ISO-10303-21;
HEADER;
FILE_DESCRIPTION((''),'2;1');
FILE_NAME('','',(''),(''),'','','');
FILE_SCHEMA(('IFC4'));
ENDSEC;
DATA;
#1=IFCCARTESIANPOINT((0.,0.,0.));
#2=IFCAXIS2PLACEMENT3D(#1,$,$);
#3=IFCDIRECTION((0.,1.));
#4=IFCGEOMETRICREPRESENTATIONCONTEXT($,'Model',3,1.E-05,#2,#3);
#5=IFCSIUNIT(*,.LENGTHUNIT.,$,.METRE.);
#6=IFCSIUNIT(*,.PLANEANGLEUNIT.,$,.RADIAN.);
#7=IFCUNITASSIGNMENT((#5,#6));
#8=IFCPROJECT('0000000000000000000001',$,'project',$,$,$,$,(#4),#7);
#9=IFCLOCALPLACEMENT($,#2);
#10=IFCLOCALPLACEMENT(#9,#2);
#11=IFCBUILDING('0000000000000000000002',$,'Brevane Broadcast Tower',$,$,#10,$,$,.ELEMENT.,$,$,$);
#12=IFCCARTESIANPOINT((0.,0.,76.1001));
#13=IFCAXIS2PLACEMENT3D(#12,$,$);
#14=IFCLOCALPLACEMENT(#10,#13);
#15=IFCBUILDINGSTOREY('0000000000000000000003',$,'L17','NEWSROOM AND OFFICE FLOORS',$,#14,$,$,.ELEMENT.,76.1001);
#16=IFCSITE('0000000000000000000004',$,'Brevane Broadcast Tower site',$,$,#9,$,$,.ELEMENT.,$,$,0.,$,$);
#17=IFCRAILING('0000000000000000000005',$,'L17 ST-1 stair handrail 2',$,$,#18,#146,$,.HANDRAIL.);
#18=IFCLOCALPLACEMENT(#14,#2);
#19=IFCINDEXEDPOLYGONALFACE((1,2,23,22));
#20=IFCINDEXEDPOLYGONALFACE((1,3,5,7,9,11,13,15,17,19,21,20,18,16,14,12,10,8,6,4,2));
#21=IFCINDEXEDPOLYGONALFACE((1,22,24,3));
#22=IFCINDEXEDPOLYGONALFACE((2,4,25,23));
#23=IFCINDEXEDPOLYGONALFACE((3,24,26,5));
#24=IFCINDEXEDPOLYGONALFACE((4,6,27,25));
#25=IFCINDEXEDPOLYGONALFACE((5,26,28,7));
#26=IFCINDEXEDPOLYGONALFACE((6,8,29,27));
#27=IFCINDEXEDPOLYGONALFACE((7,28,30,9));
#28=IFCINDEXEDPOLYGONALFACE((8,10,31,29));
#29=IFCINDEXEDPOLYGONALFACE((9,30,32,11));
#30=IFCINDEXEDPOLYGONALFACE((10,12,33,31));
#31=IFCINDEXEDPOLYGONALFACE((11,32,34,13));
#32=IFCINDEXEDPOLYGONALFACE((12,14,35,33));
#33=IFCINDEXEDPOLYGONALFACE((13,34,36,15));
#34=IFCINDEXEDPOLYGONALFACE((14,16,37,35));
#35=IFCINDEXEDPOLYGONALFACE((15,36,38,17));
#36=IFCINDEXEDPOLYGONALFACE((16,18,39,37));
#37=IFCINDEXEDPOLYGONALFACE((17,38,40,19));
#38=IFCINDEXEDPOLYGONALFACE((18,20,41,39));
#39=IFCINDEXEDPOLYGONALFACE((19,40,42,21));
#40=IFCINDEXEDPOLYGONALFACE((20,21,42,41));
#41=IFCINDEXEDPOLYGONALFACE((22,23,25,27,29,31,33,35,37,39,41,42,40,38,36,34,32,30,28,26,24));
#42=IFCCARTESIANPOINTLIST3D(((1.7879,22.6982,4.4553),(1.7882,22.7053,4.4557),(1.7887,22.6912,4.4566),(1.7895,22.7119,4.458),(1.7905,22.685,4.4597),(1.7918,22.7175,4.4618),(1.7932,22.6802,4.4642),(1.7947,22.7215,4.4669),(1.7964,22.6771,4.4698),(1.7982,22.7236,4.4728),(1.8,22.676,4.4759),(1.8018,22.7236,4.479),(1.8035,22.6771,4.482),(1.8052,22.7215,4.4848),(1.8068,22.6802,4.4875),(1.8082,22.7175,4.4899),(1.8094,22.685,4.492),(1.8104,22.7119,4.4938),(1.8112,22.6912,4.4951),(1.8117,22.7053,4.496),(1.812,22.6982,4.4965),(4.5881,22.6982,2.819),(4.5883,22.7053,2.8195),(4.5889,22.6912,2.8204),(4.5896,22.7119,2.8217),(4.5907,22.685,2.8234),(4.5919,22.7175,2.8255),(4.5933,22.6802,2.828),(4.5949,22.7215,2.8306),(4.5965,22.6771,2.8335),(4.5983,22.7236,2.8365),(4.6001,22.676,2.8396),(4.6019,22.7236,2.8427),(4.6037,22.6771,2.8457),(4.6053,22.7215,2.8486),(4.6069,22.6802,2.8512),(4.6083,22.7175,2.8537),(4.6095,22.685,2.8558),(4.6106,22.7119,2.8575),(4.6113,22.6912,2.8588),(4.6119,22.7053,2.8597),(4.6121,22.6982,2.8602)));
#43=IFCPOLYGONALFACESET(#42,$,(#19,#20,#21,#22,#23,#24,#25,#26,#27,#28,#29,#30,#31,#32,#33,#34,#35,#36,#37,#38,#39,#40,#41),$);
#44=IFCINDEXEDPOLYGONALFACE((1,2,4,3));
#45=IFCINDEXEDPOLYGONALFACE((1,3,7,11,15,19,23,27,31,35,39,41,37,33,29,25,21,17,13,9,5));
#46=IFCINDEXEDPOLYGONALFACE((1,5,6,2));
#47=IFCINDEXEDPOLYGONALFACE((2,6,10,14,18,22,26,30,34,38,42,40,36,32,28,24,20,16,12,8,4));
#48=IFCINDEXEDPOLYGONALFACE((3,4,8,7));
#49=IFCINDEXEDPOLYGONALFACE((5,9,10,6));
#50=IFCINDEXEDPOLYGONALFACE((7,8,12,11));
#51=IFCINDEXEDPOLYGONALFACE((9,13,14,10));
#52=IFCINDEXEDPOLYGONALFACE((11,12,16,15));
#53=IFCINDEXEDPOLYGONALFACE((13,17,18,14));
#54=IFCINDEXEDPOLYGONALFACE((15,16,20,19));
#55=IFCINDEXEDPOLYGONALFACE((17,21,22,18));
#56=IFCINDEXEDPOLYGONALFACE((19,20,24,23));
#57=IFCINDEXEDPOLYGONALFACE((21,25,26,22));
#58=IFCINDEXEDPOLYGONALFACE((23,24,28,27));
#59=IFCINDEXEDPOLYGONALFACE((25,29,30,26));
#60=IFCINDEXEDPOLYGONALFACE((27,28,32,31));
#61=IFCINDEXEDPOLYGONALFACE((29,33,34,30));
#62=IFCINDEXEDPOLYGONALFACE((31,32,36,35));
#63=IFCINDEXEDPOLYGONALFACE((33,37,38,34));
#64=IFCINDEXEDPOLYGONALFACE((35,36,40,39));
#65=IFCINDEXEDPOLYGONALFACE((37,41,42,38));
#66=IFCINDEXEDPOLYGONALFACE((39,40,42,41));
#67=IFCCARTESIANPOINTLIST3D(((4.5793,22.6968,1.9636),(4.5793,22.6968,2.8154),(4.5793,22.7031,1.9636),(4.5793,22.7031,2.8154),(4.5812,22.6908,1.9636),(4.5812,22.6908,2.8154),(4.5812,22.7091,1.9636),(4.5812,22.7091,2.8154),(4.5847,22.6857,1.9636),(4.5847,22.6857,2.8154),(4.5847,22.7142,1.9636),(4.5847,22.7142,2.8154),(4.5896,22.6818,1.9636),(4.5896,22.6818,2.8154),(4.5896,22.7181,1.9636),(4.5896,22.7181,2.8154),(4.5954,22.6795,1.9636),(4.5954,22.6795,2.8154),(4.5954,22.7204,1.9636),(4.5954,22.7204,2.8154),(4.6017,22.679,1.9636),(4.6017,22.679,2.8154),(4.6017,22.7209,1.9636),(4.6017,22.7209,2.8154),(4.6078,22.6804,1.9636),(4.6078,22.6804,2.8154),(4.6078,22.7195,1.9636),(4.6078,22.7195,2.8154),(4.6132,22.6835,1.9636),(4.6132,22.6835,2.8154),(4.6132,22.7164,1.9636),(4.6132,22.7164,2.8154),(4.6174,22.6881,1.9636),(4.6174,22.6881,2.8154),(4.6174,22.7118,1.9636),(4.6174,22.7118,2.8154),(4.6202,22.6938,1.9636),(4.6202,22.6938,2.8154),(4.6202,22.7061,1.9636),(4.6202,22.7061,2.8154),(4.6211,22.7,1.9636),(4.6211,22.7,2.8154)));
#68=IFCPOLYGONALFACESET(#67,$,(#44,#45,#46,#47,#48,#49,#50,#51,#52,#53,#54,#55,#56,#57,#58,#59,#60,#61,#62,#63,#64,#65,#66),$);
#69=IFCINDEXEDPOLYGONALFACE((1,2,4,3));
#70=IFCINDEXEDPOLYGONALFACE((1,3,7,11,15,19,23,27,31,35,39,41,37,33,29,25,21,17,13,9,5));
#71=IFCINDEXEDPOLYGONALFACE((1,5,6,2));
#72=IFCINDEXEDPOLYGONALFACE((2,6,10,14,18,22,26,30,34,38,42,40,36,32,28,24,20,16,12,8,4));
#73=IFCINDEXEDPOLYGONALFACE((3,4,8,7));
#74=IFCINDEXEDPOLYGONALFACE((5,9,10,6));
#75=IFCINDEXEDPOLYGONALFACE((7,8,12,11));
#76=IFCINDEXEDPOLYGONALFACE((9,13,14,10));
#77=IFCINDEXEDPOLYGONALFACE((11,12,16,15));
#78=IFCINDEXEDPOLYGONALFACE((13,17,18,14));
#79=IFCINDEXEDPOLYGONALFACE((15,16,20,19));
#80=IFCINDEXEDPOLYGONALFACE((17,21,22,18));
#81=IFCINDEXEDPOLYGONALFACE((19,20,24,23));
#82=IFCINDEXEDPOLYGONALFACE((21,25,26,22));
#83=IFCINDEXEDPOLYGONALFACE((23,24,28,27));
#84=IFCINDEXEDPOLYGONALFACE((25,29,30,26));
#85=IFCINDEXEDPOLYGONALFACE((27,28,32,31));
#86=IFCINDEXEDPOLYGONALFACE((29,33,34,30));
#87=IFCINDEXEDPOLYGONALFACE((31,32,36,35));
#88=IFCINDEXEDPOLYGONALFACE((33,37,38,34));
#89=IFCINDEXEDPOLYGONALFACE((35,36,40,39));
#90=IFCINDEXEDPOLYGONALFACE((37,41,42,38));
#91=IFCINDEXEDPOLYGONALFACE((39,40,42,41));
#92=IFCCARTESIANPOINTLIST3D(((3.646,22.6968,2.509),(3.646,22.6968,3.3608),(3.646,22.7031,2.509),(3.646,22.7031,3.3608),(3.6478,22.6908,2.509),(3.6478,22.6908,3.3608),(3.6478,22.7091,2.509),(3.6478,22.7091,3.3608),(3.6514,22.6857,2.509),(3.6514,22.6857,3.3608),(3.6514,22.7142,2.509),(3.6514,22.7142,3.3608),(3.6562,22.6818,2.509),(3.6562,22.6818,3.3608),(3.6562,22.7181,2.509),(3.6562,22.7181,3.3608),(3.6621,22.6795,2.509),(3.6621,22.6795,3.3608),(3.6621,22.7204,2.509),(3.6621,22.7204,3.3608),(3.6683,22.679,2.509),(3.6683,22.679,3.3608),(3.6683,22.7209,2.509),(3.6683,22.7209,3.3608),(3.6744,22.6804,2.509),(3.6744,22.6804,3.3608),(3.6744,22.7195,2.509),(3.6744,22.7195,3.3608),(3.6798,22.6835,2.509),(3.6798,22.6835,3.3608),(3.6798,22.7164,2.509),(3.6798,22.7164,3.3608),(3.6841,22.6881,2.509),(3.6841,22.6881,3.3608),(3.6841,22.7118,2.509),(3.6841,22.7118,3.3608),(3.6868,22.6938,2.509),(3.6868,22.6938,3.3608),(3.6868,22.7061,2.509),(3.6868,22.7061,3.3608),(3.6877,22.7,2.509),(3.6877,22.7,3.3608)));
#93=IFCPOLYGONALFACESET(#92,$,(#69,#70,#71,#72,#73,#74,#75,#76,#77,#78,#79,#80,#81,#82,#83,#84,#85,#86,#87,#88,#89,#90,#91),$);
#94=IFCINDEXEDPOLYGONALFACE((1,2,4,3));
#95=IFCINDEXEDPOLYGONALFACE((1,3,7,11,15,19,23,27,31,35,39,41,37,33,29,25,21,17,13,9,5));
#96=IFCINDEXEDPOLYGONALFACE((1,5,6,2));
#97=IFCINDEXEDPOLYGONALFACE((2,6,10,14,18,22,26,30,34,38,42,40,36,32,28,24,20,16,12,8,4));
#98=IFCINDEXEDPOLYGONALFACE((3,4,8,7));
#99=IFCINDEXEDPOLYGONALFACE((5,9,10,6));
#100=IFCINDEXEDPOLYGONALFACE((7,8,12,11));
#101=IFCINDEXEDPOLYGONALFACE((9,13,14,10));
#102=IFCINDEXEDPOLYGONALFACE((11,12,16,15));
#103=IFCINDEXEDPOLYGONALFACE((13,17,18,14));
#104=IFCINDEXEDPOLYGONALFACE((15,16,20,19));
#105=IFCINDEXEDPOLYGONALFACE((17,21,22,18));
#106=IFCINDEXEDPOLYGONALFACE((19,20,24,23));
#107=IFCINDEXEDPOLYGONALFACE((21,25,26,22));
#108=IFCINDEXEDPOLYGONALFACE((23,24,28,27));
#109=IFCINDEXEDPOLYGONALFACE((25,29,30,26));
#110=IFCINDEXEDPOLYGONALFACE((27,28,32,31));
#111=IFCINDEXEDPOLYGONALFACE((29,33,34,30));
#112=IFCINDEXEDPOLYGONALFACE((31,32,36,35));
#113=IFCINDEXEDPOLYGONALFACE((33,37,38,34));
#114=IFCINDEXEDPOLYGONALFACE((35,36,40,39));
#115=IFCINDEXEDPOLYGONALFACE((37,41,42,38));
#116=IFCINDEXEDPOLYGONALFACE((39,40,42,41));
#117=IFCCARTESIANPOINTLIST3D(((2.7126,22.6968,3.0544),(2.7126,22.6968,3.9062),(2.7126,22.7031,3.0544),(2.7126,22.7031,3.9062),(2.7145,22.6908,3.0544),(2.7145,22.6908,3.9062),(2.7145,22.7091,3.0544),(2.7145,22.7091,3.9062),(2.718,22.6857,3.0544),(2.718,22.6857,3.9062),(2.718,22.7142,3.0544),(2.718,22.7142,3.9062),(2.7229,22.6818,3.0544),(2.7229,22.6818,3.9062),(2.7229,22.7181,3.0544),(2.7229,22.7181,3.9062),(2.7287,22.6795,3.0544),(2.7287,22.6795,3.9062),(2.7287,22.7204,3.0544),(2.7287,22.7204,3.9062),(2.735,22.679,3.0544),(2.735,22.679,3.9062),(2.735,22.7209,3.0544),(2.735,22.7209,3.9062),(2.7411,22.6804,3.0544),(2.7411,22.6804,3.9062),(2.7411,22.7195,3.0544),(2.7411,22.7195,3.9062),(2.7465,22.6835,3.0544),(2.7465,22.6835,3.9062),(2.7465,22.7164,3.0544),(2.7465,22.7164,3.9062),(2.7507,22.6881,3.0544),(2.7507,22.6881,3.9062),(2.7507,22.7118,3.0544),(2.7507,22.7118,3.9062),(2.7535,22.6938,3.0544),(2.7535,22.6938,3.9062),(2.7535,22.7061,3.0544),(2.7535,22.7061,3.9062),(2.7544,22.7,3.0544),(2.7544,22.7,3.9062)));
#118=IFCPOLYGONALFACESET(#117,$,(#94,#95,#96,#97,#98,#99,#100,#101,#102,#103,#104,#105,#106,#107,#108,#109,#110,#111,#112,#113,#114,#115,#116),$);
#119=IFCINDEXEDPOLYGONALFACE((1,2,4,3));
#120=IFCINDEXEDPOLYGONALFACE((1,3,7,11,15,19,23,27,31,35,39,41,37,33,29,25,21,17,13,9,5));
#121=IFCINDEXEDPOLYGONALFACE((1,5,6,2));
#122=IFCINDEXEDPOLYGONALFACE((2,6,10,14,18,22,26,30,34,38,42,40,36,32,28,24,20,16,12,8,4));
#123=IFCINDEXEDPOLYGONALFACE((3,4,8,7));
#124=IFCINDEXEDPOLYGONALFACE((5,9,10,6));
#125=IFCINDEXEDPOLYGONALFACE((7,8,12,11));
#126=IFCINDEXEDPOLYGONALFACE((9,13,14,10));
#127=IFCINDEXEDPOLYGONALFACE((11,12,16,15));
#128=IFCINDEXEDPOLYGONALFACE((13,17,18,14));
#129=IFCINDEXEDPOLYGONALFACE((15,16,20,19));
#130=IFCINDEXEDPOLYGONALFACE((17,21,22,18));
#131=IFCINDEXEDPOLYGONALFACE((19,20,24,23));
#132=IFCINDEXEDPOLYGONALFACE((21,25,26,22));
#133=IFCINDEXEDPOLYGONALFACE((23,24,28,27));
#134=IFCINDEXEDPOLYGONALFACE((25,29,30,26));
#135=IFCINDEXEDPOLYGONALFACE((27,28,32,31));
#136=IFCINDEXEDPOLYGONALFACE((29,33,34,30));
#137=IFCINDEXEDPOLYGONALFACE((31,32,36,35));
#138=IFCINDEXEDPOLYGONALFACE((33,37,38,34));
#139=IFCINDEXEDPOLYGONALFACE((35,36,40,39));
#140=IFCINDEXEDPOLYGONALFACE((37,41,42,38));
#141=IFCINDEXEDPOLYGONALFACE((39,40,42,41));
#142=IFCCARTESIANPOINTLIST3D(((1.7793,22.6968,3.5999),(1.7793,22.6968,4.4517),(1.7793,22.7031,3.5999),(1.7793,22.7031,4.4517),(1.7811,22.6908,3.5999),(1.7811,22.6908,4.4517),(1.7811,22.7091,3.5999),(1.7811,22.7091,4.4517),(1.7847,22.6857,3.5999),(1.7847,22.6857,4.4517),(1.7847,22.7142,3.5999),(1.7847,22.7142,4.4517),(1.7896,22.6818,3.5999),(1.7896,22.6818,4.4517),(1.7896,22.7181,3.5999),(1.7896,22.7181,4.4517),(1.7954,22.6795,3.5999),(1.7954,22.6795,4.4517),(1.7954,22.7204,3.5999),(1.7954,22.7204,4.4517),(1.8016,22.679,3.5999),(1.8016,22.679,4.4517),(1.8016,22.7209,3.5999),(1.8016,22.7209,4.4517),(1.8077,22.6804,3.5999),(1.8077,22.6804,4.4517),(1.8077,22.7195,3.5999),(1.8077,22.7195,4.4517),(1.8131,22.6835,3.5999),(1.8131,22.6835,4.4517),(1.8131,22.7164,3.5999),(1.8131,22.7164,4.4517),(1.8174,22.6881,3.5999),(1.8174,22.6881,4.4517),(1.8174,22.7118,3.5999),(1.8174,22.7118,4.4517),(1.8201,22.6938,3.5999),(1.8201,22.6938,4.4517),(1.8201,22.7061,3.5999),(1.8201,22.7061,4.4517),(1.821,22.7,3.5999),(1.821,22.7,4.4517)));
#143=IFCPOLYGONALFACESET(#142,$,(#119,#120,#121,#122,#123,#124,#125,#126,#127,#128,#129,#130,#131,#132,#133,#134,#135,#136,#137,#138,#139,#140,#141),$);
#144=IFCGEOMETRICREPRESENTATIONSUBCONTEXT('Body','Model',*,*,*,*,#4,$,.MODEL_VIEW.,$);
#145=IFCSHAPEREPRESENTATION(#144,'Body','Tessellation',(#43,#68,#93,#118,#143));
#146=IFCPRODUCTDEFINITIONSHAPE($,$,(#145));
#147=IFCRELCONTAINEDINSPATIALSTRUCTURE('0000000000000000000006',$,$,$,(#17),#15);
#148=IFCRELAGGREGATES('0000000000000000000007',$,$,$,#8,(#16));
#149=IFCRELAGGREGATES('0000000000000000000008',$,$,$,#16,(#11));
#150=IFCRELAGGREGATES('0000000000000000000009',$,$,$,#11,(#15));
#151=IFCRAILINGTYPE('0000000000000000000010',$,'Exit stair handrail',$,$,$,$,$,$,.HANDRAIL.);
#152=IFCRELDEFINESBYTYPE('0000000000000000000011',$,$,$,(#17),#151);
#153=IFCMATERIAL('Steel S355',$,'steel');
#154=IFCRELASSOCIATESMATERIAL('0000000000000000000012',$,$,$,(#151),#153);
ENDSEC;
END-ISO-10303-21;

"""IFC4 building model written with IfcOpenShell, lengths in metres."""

from ifc_helpers import new_model, si_unit, direction, frame, origin, origin_2d, place, context, subcontext, project, spatial, circle, extrude, material, type_object, element, save


model = new_model("IFC4")

# Units and contexts
model_context = context("Model", 3, precision=1e-05, world=origin(), true_north=direction((0.0, 1.0)))
body_context = subcontext(model_context, "Body", "Model", "MODEL_VIEW")
ifc_project = project(units=[si_unit("LENGTHUNIT", "METRE"), si_unit("PLANEANGLEUNIT", "RADIAN")], contexts=[model_context])

# Site, building, storey
site_placement = place(None, origin())
site = spatial("IfcSite", under=ifc_project, at=site_placement, Name="Brevane Broadcast Tower site", CompositionType="ELEMENT", RefElevation=0.0)
building_placement = place(site_placement, origin())
building = spatial("IfcBuilding", under=site, at=building_placement, Name="Brevane Broadcast Tower", CompositionType="ELEMENT")
storey_placement = place(building_placement, frame((0.0, 0.0, 76.1001)))
storey = spatial("IfcBuildingStorey", under=building, at=storey_placement, Name="L17", Description="NEWSROOM AND OFFICE FLOORS", CompositionType="ELEMENT", Elevation=76.1001)

# Railing
ifc_material_1 = material(Name="Steel S355", Category="steel")
railing_type_1 = type_object("IfcRailingType", Name="Exit stair handrail", PredefinedType="HANDRAIL", material=ifc_material_1)
railing_1_placement = place(storey_placement, frame((4.6001, 22.7, 1.9636)))
element("IfcRailing", 1, at=railing_1_placement, inside=storey, type_object=railing_type_1, Name="L17 ST-1 stair handrail 2", PredefinedType="HANDRAIL", context=body_context, shape_type="SweptSolid", body=[
    extrude(circle(Radius=0.0239, at=origin_2d()), frame((0.0, 0.0, 0.876), z_axis=(-0.863394, 0.0, 0.504531), x_axis=(0.0, -1.0, 0.0)), (0.0, 0.0, 1.0), 3.2432),
    extrude(circle(Radius=0.021, at=origin_2d()), origin(), (0.0, 0.0, 1.0), 0.8518),
    extrude(circle(Radius=0.021, at=origin_2d()), frame((-0.9333, 0.0, 0.5454)), (0.0, 0.0, 1.0), 0.8518),
    extrude(circle(Radius=0.021, at=origin_2d()), frame((-1.8667, 0.0, 1.0908)), (0.0, 0.0, 1.0), 0.8518),
    extrude(circle(Radius=0.021, at=origin_2d()), frame((-2.8, 0.0, 1.6362)), (0.0, 0.0, 1.0), 0.8518),
])

save(model, "model.ifc")
